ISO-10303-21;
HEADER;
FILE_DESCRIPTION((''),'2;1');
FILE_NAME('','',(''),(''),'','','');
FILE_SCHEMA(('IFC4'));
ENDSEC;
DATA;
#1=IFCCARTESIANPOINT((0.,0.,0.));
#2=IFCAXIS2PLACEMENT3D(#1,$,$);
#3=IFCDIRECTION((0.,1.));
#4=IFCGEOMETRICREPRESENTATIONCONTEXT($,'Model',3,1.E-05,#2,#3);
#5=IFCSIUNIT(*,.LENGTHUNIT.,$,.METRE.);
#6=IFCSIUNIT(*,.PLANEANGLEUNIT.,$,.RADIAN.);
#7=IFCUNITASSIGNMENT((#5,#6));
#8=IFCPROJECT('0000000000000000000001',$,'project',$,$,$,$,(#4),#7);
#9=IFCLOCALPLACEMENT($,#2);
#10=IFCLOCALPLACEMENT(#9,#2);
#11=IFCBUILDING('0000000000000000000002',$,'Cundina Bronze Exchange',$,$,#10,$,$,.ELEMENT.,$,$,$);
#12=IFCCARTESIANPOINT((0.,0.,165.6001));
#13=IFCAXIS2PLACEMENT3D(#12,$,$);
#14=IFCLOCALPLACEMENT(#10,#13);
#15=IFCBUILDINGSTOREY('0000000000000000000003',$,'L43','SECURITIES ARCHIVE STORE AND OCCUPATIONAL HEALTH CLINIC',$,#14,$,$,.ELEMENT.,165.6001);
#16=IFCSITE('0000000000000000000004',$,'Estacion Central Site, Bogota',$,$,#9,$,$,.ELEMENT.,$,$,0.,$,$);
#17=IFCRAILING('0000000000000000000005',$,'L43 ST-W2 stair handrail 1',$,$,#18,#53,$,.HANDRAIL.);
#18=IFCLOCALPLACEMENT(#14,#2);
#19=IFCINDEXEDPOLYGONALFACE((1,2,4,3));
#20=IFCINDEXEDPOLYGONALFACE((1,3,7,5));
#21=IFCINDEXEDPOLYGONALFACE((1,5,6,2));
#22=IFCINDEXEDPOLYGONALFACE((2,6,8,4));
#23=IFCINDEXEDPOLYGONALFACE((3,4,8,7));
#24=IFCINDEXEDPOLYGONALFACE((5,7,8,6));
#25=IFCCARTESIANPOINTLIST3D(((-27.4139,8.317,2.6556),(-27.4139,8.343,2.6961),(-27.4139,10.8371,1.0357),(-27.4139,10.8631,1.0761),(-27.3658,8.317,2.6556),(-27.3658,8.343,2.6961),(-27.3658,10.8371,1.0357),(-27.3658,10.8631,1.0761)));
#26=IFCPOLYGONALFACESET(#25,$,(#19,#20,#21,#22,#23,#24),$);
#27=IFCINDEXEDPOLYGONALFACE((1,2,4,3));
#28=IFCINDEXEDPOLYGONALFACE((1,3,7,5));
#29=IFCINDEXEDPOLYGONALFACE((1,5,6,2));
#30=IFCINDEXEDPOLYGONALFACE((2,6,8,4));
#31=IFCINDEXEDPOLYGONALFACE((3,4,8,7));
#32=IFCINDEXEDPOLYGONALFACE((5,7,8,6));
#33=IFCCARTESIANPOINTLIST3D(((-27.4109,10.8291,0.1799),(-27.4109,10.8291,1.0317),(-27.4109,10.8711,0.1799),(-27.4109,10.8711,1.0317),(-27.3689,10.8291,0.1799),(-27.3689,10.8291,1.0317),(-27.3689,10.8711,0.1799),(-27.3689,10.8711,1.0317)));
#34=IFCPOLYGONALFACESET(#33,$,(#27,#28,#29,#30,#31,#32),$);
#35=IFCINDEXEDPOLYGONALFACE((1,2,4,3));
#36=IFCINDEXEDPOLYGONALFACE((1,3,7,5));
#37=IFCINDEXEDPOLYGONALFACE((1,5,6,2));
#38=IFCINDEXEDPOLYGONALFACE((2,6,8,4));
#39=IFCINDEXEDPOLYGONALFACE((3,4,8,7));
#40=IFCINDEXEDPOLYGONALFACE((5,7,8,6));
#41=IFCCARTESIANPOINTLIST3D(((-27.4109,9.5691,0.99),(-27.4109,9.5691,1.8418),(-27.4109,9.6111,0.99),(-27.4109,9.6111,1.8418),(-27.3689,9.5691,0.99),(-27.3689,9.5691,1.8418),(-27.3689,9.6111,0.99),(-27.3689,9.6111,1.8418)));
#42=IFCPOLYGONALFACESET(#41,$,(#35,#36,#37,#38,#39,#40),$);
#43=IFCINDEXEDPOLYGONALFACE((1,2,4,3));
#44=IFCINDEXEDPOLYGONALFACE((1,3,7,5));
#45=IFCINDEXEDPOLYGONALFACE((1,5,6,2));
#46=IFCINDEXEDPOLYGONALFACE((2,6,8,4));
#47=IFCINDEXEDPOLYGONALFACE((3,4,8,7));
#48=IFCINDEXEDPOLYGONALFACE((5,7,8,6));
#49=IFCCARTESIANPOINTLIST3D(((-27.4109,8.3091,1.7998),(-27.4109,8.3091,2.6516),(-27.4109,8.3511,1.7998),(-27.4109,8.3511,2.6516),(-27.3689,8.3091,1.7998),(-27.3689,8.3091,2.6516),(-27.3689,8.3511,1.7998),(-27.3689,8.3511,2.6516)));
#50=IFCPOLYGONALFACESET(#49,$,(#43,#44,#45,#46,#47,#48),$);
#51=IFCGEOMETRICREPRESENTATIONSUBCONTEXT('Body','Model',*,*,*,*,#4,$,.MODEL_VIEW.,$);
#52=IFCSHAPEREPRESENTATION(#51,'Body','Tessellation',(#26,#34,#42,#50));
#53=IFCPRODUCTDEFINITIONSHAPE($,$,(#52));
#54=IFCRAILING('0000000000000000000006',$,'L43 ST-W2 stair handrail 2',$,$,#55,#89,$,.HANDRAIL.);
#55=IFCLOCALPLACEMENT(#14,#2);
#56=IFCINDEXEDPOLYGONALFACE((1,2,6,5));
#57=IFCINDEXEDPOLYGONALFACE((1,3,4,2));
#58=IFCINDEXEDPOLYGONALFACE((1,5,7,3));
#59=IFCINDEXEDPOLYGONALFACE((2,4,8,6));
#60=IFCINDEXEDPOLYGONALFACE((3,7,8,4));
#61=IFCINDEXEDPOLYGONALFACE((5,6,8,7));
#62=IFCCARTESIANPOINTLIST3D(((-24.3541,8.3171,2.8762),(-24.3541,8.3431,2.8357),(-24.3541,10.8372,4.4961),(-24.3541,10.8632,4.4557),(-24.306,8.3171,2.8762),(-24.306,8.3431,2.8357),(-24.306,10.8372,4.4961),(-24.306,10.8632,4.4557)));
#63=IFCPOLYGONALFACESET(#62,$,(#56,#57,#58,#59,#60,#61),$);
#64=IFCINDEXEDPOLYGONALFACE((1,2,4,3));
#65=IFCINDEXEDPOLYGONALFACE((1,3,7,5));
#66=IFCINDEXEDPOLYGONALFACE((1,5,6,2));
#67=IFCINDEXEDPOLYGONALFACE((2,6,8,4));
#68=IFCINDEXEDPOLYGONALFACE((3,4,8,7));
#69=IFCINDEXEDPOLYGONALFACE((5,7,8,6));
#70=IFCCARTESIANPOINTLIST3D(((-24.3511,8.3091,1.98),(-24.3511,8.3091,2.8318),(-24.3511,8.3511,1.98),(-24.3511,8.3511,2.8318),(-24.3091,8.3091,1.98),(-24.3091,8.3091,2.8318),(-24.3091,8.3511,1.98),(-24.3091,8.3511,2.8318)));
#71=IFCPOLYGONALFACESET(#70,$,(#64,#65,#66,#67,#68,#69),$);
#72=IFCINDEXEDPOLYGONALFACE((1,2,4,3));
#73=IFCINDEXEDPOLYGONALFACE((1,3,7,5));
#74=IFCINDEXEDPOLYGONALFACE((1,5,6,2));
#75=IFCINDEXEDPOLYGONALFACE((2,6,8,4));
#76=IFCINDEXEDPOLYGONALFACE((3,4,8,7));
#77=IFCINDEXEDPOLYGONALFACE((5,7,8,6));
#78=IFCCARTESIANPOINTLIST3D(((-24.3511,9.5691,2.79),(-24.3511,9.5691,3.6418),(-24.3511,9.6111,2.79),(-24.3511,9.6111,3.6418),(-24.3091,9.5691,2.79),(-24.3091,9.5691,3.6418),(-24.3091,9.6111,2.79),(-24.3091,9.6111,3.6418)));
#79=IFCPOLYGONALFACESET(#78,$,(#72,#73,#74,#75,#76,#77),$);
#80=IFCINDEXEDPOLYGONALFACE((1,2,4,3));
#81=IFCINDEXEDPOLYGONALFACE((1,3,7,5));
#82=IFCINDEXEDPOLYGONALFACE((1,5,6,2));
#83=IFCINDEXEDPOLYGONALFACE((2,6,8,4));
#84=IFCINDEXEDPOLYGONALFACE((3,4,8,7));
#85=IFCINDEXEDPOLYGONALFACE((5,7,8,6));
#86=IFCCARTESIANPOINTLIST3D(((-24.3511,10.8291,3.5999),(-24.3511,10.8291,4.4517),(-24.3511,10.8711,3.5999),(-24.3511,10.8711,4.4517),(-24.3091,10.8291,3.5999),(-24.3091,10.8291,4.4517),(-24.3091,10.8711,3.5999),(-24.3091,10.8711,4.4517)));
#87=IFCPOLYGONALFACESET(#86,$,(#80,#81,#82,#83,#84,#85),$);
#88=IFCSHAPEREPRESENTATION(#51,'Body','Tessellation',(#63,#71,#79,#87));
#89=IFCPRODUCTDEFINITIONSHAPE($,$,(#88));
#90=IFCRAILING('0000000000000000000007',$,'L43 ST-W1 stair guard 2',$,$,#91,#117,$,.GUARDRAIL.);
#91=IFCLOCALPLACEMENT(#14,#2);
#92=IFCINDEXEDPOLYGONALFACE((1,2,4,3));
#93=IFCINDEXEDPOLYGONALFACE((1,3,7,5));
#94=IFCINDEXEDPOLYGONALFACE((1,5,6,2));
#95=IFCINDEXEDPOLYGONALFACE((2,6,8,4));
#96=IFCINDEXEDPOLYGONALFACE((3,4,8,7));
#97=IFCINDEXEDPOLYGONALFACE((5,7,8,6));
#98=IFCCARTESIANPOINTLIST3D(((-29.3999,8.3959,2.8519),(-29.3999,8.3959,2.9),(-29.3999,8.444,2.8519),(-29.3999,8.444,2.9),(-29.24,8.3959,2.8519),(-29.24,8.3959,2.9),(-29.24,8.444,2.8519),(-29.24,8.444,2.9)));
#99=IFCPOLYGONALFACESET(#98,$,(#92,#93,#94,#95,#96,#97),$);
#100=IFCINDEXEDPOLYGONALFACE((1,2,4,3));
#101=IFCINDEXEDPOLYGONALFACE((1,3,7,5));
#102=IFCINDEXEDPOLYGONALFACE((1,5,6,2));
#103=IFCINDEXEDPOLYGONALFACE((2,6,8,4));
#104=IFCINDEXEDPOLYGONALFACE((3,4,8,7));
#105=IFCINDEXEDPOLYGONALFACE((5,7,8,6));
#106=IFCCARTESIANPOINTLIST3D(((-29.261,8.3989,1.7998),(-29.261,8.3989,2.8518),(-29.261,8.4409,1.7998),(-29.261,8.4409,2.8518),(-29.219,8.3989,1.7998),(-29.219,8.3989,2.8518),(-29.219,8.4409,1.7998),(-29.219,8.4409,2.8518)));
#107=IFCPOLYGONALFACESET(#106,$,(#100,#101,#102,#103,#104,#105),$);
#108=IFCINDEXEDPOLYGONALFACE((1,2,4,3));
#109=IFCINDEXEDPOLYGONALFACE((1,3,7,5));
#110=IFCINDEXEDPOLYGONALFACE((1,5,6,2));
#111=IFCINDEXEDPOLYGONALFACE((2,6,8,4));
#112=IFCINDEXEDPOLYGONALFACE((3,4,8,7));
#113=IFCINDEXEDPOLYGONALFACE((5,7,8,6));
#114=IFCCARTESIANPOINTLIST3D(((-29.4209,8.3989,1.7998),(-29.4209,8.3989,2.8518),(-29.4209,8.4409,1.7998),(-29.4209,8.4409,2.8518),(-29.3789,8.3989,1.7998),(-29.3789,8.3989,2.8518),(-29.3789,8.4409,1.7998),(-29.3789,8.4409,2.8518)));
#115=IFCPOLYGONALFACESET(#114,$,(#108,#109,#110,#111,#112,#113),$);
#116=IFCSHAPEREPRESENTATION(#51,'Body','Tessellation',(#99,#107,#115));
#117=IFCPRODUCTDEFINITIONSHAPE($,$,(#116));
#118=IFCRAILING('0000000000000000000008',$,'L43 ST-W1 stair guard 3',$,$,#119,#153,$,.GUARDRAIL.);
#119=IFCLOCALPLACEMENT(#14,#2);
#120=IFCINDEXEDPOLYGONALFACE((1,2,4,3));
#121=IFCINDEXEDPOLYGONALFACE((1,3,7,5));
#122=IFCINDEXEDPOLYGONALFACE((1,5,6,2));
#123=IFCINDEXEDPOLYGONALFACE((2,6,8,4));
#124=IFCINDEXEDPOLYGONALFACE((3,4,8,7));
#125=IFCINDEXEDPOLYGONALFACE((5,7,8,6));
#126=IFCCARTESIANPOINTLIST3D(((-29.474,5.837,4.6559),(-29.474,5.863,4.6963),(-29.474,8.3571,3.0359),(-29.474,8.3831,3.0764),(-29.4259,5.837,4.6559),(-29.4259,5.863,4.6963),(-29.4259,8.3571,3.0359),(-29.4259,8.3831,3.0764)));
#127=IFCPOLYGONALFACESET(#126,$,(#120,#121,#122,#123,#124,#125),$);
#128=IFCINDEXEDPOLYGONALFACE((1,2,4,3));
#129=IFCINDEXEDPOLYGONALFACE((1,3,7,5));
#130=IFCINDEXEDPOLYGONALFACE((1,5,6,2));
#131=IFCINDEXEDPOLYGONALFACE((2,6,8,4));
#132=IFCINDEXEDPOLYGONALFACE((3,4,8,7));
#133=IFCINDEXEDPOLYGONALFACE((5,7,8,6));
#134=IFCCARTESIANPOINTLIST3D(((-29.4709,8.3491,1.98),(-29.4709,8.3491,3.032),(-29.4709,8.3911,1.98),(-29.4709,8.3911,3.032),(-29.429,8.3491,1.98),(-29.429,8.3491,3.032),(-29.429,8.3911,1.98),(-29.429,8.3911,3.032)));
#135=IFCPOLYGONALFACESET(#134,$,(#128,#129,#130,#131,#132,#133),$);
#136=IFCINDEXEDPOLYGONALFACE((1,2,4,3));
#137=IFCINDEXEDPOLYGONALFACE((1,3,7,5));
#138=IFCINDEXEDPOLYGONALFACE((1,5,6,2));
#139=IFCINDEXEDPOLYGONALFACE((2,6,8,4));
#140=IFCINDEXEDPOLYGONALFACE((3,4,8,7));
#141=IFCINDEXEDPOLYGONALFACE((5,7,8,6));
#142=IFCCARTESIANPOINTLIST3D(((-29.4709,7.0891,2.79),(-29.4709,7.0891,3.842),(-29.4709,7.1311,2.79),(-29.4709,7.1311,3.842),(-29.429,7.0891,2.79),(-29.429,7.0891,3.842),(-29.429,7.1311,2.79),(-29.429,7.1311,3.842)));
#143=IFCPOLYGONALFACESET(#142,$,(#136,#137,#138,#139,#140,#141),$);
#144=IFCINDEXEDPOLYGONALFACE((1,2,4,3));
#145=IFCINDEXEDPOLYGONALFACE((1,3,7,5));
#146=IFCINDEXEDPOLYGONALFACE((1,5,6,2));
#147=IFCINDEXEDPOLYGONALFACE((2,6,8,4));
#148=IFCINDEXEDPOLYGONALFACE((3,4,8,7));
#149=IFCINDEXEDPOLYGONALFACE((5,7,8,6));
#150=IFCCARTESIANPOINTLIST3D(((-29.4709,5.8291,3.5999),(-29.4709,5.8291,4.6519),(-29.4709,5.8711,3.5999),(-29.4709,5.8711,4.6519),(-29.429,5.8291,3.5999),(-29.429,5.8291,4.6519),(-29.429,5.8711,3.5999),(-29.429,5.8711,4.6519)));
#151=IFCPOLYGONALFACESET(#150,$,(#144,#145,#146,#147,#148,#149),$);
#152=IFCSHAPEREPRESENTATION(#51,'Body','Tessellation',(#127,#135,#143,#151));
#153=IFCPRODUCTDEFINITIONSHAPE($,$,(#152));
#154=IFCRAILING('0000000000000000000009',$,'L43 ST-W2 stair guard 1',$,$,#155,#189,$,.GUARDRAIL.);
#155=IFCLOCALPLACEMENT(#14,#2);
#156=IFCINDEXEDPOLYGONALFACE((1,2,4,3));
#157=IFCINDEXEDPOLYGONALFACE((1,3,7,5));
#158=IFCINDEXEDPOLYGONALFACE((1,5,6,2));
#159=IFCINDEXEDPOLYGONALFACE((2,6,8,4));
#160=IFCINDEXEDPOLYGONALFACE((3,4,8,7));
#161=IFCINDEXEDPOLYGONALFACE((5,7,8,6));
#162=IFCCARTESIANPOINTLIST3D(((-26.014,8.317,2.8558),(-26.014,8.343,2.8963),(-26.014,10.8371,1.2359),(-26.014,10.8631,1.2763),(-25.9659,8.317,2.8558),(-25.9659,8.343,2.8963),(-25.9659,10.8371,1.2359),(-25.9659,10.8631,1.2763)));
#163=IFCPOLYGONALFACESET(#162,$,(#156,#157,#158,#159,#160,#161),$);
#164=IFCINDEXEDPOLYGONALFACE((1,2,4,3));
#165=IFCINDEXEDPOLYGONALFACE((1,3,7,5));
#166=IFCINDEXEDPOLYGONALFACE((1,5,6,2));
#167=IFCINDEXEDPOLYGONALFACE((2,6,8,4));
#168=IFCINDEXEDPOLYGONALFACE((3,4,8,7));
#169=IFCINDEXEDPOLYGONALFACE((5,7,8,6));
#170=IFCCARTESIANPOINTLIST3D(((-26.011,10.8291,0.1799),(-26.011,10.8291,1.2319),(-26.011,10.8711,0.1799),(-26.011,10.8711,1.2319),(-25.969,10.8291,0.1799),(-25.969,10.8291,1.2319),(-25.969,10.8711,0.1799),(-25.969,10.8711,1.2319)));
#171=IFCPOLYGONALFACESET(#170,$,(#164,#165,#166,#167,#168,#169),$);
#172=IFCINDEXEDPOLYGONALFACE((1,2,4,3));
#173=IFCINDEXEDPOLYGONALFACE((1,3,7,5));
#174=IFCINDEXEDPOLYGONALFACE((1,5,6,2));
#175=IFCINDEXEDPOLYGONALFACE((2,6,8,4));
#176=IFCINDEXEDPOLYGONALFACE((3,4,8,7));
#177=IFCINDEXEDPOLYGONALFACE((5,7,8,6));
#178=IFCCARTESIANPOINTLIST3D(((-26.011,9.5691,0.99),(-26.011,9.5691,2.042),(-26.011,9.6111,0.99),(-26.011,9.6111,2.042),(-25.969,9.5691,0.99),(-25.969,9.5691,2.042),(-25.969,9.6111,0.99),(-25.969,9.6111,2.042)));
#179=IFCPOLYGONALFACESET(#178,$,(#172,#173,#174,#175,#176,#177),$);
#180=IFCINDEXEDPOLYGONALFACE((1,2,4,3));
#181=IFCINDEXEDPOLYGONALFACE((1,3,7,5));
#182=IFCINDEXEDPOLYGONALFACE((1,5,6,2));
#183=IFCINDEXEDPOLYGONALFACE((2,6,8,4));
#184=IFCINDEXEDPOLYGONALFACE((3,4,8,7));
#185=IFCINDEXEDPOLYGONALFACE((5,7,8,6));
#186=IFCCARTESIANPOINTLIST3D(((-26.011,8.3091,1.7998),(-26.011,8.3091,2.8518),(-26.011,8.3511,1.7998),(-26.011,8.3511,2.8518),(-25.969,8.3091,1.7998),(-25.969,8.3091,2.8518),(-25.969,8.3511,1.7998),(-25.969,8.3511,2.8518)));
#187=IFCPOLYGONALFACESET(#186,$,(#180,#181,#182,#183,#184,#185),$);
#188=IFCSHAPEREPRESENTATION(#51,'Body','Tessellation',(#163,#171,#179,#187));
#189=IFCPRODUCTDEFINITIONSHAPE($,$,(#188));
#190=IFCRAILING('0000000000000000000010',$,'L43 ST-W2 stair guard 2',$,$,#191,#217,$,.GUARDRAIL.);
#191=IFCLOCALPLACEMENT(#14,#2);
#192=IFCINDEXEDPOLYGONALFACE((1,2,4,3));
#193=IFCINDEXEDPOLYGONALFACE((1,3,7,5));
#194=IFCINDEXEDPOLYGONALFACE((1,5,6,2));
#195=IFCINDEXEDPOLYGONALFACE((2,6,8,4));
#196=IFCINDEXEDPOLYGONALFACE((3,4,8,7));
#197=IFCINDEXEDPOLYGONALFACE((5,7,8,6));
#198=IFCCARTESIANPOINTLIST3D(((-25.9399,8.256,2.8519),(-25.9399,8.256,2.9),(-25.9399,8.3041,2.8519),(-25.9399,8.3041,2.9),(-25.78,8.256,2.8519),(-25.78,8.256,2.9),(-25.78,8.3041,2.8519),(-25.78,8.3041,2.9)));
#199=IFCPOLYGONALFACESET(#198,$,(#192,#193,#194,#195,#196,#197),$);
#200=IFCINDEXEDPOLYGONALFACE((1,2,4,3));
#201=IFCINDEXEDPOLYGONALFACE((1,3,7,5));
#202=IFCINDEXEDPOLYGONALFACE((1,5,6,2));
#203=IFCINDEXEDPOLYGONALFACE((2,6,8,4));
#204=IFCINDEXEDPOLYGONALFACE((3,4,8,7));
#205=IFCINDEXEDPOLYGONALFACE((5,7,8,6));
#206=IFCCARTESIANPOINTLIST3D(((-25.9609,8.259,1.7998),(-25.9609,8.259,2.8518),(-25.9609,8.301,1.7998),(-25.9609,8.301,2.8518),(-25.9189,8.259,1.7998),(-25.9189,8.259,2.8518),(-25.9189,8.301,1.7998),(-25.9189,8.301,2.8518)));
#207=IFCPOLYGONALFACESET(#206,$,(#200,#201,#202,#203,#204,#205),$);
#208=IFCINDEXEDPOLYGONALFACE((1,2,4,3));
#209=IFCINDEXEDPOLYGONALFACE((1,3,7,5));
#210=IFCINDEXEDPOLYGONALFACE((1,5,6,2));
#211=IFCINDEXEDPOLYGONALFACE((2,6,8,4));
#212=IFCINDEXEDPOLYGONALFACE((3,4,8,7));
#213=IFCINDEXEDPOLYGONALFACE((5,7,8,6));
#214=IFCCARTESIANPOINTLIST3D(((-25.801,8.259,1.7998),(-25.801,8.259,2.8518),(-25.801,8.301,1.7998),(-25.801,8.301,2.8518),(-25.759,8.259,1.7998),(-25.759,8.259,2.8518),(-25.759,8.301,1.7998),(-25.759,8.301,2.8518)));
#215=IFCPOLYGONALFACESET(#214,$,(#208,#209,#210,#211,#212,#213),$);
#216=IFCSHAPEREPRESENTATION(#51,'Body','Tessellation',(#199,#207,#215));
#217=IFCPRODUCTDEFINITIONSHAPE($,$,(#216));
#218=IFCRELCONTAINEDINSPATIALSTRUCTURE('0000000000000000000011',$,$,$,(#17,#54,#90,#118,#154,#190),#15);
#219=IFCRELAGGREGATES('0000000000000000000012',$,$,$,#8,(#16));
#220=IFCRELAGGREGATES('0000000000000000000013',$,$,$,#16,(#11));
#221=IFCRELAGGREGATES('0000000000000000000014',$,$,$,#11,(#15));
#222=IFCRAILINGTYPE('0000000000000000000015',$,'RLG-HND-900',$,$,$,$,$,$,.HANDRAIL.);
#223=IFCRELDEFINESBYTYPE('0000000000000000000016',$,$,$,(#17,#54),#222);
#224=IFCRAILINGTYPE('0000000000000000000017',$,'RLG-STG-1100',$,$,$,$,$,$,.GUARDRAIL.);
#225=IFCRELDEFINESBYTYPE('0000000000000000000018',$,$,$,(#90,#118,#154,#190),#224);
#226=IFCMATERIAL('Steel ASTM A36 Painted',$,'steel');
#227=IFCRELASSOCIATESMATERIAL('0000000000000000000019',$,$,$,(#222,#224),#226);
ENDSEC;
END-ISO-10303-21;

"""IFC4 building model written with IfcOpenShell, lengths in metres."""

from ifc_helpers import new_model, si_unit, direction, frame, origin, origin_2d, place, context, subcontext, project, spatial, rectangle, extrude, material, type_object, element, save


model = new_model("IFC4")

# Units and contexts
model_context = context("Model", 3, precision=1e-05, world=origin(), true_north=direction((0.0, 1.0)))
body_context = subcontext(model_context, "Body", "Model", "MODEL_VIEW")
ifc_project = project(units=[si_unit("LENGTHUNIT", "METRE"), si_unit("PLANEANGLEUNIT", "RADIAN")], contexts=[model_context])

# Site, building, storey
site_placement = place(None, origin())
site = spatial("IfcSite", under=ifc_project, at=site_placement, Name="Estacion Central Site, Bogota", CompositionType="ELEMENT", RefElevation=0.0)
building_placement = place(site_placement, origin())
building = spatial("IfcBuilding", under=site, at=building_placement, Name="Cundina Bronze Exchange", CompositionType="ELEMENT")
storey_placement = place(building_placement, frame((0.0, 0.0, 165.6001)))
storey = spatial("IfcBuildingStorey", under=building, at=storey_placement, Name="L43", Description="SECURITIES ARCHIVE STORE AND OCCUPATIONAL HEALTH CLINIC", CompositionType="ELEMENT", Elevation=165.6001)

# Shared definitions
ifc_material_1 = material(Name="Steel ASTM A36 Painted", Category="steel")

# Railings
railing_type_1 = type_object("IfcRailingType", Name="RLG-HND-900", PredefinedType="HANDRAIL", material=ifc_material_1)
railing_1_placement = place(storey_placement, frame((-27.3899, 10.8501, 0.1799)))
element("IfcRailing", 1, at=railing_1_placement, inside=storey, type_object=railing_type_1, Name="L43 ST-W2 stair handrail 1", PredefinedType="HANDRAIL", context=body_context, shape_type="SweptSolid", body=[
    extrude(rectangle(XDim=0.0481, YDim=0.0481, at=origin_2d()), frame((0.0, 0.0, 0.876), z_axis=(0.0, -0.8412, 0.540725), x_axis=(1.0, 0.0, 0.0)), (0.0, 0.0, 1.0), 2.9958),
    extrude(rectangle(XDim=0.042, YDim=0.042, at=origin_2d()), origin(), (0.0, 0.0, 1.0), 0.8518),
    extrude(rectangle(XDim=0.042, YDim=0.042, at=origin_2d()), frame((0.0, -1.26, 0.8101)), (0.0, 0.0, 1.0), 0.8518),
    extrude(rectangle(XDim=0.042, YDim=0.042, at=origin_2d()), frame((0.0, -2.52, 1.6199)), (0.0, 0.0, 1.0), 0.8518),
])
railing_2_placement = place(storey_placement, frame((-24.3301, 8.3301, 1.98)))
element("IfcRailing", 2, at=railing_2_placement, inside=storey, type_object=railing_type_1, Name="L43 ST-W2 stair handrail 2", PredefinedType="HANDRAIL", context=body_context, shape_type="SweptSolid", body=[
    extrude(rectangle(XDim=0.0481, YDim=0.0481, at=origin_2d()), frame((0.0, 0.0, 0.876), z_axis=(0.0, 0.8412, 0.540725), x_axis=(-1.0, 0.0, 0.0)), (0.0, 0.0, 1.0), 2.9958),
    extrude(rectangle(XDim=0.042, YDim=0.042, at=origin_2d()), origin(), (0.0, 0.0, 1.0), 0.8518),
    extrude(rectangle(XDim=0.042, YDim=0.042, at=origin_2d()), frame((0.0, 1.26, 0.8101)), (0.0, 0.0, 1.0), 0.8518),
    extrude(rectangle(XDim=0.042, YDim=0.042, at=origin_2d()), frame((0.0, 2.52, 1.6199)), (0.0, 0.0, 1.0), 0.8518),
])
railing_type_2 = type_object("IfcRailingType", Name="RLG-STG-1100", PredefinedType="GUARDRAIL", material=ifc_material_1)
railing_3_placement = place(storey_placement, frame((-29.24, 8.4199, 1.7998)))
element("IfcRailing", 3, at=railing_3_placement, inside=storey, type_object=railing_type_2, Name="L43 ST-W1 stair guard 2", PredefinedType="GUARDRAIL", context=body_context, shape_type="SweptSolid", body=[
    extrude(rectangle(XDim=0.0481, YDim=0.0481, at=origin_2d()), frame((0.0, 0.0, 1.0762), z_axis=(-1.0, 0.0, 0.0), x_axis=(0.0, -1.0, 0.0)), (0.0, 0.0, 1.0), 0.1599),
    extrude(rectangle(XDim=0.042, YDim=0.042, at=origin_2d()), origin(), (0.0, 0.0, 1.0), 1.052),
    extrude(rectangle(XDim=0.042, YDim=0.042, at=origin_2d()), frame((-0.1599, 0.0, 0.0)), (0.0, 0.0, 1.0), 1.052),
])
for number, where, name in (
    (4, (-29.45, 8.3701, 1.98), "L43 ST-W1 stair guard 3"),
    (5, (-25.99, 10.8501, 0.1799), "L43 ST-W2 stair guard 1"),
):
    element("IfcRailing", number, at=place(storey_placement, frame(where)), inside=storey, type_object=railing_type_2, Name=name, PredefinedType="GUARDRAIL", context=body_context, shape_type="SweptSolid", body=[
        extrude(rectangle(XDim=0.0481, YDim=0.0481, at=origin_2d()), frame((0.0, 0.0, 1.0762), z_axis=(0.0, -0.8412, 0.540725), x_axis=(1.0, 0.0, 0.0)), (0.0, 0.0, 1.0), 2.9958),
        extrude(rectangle(XDim=0.042, YDim=0.042, at=origin_2d()), origin(), (0.0, 0.0, 1.0), 1.052),
        extrude(rectangle(XDim=0.042, YDim=0.042, at=origin_2d()), frame((0.0, -1.26, 0.8101)), (0.0, 0.0, 1.0), 1.052),
        extrude(rectangle(XDim=0.042, YDim=0.042, at=origin_2d()), frame((0.0, -2.52, 1.6199)), (0.0, 0.0, 1.0), 1.052),
    ])
railing_4_placement = place(storey_placement, frame((-25.9399, 8.28, 1.7998)))
element("IfcRailing", 6, at=railing_4_placement, inside=storey, type_object=railing_type_2, Name="L43 ST-W2 stair guard 2", PredefinedType="GUARDRAIL", context=body_context, shape_type="SweptSolid", body=[
    extrude(rectangle(XDim=0.0481, YDim=0.0481, at=origin_2d()), frame((0.0, 0.0, 1.0762), z_axis=(1.0, 0.0, 0.0), x_axis=(0.0, 1.0, 0.0)), (0.0, 0.0, 1.0), 0.1599),
    extrude(rectangle(XDim=0.042, YDim=0.042, at=origin_2d()), origin(), (0.0, 0.0, 1.0), 1.052),
    extrude(rectangle(XDim=0.042, YDim=0.042, at=origin_2d()), frame((0.1599, 0.0, 0.0)), (0.0, 0.0, 1.0), 1.052),
])

save(model, "model.ifc")
